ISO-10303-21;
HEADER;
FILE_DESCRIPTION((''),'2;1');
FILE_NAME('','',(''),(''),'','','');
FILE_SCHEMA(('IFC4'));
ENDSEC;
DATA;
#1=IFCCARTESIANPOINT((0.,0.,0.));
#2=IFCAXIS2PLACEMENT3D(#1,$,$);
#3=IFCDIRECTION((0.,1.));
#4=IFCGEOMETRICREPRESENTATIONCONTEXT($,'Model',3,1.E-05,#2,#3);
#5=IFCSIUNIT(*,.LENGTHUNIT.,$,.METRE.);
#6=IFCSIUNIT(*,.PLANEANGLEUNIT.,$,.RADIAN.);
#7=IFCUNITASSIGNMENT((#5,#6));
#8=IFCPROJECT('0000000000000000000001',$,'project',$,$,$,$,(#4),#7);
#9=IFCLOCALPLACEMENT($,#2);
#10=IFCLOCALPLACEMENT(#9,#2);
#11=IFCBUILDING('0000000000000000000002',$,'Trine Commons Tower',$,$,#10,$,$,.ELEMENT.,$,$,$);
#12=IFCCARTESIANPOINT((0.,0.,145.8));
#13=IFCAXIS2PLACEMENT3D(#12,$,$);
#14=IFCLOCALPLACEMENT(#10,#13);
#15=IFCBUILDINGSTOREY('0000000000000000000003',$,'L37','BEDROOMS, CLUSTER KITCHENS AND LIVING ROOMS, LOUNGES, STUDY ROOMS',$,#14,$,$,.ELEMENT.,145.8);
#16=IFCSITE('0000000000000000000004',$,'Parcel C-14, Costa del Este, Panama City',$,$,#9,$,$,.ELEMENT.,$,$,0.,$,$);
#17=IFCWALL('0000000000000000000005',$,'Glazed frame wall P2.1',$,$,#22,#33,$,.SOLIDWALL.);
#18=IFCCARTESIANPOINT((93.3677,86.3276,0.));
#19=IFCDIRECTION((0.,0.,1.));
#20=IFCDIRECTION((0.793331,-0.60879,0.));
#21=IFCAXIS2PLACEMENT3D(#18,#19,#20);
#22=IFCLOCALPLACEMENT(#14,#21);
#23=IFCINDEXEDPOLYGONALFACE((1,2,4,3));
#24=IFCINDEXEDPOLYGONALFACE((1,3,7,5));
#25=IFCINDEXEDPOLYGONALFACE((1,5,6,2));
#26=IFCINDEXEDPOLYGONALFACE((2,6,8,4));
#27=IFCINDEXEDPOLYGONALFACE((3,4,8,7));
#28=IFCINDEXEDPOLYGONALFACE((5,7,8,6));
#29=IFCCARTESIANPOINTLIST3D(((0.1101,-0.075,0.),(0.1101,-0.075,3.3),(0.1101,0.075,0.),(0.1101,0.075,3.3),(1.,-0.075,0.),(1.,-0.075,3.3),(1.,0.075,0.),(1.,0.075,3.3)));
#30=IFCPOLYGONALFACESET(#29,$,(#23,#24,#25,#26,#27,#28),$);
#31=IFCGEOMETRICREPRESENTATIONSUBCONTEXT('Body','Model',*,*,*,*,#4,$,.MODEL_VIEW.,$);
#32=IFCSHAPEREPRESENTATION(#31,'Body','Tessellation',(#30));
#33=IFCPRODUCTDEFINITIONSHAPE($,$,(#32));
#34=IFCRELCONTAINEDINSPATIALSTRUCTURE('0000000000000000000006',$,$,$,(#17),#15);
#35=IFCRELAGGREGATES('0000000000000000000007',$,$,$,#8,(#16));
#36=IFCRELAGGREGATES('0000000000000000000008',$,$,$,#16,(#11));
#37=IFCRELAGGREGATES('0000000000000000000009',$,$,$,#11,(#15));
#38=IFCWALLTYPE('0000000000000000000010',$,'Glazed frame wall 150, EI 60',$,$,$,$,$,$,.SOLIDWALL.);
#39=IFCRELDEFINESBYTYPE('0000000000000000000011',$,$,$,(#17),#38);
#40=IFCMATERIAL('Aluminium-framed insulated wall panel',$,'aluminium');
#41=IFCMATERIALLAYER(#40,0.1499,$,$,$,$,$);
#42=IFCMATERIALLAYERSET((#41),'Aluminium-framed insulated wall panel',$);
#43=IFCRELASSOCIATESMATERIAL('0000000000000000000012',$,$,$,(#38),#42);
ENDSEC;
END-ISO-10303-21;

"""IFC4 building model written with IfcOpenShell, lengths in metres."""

from ifc_helpers import new_model, si_unit, direction, frame, origin, place, context, subcontext, project, spatial, polyline, outline, extrude, material, layer, layer_set, type_object, element, save


model = new_model("IFC4")

# Units and contexts
model_context = context("Model", 3, precision=1e-05, world=origin(), true_north=direction((0.0, 1.0)))
body_context = subcontext(model_context, "Body", "Model", "MODEL_VIEW")
ifc_project = project(units=[si_unit("LENGTHUNIT", "METRE"), si_unit("PLANEANGLEUNIT", "RADIAN")], contexts=[model_context])

# Site, building, storey
site_placement = place(None, origin())
site = spatial("IfcSite", under=ifc_project, at=site_placement, Name="Parcel C-14, Costa del Este, Panama City", CompositionType="ELEMENT", RefElevation=0.0)
building_placement = place(site_placement, origin())
building = spatial("IfcBuilding", under=site, at=building_placement, Name="Trine Commons Tower", CompositionType="ELEMENT")
storey_placement = place(building_placement, frame((0.0, 0.0, 145.8)))
storey = spatial("IfcBuildingStorey", under=building, at=storey_placement, Name="L37", Description="BEDROOMS, CLUSTER KITCHENS AND LIVING ROOMS, LOUNGES, STUDY ROOMS", CompositionType="ELEMENT", Elevation=145.8)

# Wall
ifc_material_1 = material(Name="Aluminium-framed insulated wall panel", Category="aluminium")
ifc_layer_1 = layer(ifc_material_1, 0.1499)
ifc_layer_set_1 = layer_set([ifc_layer_1], Name="Aluminium-framed insulated wall panel")
wall_type_1 = type_object("IfcWallType", Name="Glazed frame wall 150, EI 60", PredefinedType="SOLIDWALL", material=ifc_layer_set_1)
wall_1_placement = place(storey_placement, frame((93.3677, 86.3276, 0.0), z_axis=(0.0, 0.0, 1.0), x_axis=(0.793331, -0.60879, 0.0)))
element("IfcWall", 1, at=wall_1_placement, inside=storey, type_object=wall_type_1, Name="Glazed frame wall P2.1", PredefinedType="SOLIDWALL", context=body_context, shape_type="SweptSolid", body=[
    extrude(outline(polyline([(0.1101, -0.075), (1.0, -0.075), (1.0, 0.075), (0.1101, 0.075), (0.1101, -0.075)])), origin(), (0.0, 0.0, 1.0), 3.3),
])

save(model, "model.ifc")
